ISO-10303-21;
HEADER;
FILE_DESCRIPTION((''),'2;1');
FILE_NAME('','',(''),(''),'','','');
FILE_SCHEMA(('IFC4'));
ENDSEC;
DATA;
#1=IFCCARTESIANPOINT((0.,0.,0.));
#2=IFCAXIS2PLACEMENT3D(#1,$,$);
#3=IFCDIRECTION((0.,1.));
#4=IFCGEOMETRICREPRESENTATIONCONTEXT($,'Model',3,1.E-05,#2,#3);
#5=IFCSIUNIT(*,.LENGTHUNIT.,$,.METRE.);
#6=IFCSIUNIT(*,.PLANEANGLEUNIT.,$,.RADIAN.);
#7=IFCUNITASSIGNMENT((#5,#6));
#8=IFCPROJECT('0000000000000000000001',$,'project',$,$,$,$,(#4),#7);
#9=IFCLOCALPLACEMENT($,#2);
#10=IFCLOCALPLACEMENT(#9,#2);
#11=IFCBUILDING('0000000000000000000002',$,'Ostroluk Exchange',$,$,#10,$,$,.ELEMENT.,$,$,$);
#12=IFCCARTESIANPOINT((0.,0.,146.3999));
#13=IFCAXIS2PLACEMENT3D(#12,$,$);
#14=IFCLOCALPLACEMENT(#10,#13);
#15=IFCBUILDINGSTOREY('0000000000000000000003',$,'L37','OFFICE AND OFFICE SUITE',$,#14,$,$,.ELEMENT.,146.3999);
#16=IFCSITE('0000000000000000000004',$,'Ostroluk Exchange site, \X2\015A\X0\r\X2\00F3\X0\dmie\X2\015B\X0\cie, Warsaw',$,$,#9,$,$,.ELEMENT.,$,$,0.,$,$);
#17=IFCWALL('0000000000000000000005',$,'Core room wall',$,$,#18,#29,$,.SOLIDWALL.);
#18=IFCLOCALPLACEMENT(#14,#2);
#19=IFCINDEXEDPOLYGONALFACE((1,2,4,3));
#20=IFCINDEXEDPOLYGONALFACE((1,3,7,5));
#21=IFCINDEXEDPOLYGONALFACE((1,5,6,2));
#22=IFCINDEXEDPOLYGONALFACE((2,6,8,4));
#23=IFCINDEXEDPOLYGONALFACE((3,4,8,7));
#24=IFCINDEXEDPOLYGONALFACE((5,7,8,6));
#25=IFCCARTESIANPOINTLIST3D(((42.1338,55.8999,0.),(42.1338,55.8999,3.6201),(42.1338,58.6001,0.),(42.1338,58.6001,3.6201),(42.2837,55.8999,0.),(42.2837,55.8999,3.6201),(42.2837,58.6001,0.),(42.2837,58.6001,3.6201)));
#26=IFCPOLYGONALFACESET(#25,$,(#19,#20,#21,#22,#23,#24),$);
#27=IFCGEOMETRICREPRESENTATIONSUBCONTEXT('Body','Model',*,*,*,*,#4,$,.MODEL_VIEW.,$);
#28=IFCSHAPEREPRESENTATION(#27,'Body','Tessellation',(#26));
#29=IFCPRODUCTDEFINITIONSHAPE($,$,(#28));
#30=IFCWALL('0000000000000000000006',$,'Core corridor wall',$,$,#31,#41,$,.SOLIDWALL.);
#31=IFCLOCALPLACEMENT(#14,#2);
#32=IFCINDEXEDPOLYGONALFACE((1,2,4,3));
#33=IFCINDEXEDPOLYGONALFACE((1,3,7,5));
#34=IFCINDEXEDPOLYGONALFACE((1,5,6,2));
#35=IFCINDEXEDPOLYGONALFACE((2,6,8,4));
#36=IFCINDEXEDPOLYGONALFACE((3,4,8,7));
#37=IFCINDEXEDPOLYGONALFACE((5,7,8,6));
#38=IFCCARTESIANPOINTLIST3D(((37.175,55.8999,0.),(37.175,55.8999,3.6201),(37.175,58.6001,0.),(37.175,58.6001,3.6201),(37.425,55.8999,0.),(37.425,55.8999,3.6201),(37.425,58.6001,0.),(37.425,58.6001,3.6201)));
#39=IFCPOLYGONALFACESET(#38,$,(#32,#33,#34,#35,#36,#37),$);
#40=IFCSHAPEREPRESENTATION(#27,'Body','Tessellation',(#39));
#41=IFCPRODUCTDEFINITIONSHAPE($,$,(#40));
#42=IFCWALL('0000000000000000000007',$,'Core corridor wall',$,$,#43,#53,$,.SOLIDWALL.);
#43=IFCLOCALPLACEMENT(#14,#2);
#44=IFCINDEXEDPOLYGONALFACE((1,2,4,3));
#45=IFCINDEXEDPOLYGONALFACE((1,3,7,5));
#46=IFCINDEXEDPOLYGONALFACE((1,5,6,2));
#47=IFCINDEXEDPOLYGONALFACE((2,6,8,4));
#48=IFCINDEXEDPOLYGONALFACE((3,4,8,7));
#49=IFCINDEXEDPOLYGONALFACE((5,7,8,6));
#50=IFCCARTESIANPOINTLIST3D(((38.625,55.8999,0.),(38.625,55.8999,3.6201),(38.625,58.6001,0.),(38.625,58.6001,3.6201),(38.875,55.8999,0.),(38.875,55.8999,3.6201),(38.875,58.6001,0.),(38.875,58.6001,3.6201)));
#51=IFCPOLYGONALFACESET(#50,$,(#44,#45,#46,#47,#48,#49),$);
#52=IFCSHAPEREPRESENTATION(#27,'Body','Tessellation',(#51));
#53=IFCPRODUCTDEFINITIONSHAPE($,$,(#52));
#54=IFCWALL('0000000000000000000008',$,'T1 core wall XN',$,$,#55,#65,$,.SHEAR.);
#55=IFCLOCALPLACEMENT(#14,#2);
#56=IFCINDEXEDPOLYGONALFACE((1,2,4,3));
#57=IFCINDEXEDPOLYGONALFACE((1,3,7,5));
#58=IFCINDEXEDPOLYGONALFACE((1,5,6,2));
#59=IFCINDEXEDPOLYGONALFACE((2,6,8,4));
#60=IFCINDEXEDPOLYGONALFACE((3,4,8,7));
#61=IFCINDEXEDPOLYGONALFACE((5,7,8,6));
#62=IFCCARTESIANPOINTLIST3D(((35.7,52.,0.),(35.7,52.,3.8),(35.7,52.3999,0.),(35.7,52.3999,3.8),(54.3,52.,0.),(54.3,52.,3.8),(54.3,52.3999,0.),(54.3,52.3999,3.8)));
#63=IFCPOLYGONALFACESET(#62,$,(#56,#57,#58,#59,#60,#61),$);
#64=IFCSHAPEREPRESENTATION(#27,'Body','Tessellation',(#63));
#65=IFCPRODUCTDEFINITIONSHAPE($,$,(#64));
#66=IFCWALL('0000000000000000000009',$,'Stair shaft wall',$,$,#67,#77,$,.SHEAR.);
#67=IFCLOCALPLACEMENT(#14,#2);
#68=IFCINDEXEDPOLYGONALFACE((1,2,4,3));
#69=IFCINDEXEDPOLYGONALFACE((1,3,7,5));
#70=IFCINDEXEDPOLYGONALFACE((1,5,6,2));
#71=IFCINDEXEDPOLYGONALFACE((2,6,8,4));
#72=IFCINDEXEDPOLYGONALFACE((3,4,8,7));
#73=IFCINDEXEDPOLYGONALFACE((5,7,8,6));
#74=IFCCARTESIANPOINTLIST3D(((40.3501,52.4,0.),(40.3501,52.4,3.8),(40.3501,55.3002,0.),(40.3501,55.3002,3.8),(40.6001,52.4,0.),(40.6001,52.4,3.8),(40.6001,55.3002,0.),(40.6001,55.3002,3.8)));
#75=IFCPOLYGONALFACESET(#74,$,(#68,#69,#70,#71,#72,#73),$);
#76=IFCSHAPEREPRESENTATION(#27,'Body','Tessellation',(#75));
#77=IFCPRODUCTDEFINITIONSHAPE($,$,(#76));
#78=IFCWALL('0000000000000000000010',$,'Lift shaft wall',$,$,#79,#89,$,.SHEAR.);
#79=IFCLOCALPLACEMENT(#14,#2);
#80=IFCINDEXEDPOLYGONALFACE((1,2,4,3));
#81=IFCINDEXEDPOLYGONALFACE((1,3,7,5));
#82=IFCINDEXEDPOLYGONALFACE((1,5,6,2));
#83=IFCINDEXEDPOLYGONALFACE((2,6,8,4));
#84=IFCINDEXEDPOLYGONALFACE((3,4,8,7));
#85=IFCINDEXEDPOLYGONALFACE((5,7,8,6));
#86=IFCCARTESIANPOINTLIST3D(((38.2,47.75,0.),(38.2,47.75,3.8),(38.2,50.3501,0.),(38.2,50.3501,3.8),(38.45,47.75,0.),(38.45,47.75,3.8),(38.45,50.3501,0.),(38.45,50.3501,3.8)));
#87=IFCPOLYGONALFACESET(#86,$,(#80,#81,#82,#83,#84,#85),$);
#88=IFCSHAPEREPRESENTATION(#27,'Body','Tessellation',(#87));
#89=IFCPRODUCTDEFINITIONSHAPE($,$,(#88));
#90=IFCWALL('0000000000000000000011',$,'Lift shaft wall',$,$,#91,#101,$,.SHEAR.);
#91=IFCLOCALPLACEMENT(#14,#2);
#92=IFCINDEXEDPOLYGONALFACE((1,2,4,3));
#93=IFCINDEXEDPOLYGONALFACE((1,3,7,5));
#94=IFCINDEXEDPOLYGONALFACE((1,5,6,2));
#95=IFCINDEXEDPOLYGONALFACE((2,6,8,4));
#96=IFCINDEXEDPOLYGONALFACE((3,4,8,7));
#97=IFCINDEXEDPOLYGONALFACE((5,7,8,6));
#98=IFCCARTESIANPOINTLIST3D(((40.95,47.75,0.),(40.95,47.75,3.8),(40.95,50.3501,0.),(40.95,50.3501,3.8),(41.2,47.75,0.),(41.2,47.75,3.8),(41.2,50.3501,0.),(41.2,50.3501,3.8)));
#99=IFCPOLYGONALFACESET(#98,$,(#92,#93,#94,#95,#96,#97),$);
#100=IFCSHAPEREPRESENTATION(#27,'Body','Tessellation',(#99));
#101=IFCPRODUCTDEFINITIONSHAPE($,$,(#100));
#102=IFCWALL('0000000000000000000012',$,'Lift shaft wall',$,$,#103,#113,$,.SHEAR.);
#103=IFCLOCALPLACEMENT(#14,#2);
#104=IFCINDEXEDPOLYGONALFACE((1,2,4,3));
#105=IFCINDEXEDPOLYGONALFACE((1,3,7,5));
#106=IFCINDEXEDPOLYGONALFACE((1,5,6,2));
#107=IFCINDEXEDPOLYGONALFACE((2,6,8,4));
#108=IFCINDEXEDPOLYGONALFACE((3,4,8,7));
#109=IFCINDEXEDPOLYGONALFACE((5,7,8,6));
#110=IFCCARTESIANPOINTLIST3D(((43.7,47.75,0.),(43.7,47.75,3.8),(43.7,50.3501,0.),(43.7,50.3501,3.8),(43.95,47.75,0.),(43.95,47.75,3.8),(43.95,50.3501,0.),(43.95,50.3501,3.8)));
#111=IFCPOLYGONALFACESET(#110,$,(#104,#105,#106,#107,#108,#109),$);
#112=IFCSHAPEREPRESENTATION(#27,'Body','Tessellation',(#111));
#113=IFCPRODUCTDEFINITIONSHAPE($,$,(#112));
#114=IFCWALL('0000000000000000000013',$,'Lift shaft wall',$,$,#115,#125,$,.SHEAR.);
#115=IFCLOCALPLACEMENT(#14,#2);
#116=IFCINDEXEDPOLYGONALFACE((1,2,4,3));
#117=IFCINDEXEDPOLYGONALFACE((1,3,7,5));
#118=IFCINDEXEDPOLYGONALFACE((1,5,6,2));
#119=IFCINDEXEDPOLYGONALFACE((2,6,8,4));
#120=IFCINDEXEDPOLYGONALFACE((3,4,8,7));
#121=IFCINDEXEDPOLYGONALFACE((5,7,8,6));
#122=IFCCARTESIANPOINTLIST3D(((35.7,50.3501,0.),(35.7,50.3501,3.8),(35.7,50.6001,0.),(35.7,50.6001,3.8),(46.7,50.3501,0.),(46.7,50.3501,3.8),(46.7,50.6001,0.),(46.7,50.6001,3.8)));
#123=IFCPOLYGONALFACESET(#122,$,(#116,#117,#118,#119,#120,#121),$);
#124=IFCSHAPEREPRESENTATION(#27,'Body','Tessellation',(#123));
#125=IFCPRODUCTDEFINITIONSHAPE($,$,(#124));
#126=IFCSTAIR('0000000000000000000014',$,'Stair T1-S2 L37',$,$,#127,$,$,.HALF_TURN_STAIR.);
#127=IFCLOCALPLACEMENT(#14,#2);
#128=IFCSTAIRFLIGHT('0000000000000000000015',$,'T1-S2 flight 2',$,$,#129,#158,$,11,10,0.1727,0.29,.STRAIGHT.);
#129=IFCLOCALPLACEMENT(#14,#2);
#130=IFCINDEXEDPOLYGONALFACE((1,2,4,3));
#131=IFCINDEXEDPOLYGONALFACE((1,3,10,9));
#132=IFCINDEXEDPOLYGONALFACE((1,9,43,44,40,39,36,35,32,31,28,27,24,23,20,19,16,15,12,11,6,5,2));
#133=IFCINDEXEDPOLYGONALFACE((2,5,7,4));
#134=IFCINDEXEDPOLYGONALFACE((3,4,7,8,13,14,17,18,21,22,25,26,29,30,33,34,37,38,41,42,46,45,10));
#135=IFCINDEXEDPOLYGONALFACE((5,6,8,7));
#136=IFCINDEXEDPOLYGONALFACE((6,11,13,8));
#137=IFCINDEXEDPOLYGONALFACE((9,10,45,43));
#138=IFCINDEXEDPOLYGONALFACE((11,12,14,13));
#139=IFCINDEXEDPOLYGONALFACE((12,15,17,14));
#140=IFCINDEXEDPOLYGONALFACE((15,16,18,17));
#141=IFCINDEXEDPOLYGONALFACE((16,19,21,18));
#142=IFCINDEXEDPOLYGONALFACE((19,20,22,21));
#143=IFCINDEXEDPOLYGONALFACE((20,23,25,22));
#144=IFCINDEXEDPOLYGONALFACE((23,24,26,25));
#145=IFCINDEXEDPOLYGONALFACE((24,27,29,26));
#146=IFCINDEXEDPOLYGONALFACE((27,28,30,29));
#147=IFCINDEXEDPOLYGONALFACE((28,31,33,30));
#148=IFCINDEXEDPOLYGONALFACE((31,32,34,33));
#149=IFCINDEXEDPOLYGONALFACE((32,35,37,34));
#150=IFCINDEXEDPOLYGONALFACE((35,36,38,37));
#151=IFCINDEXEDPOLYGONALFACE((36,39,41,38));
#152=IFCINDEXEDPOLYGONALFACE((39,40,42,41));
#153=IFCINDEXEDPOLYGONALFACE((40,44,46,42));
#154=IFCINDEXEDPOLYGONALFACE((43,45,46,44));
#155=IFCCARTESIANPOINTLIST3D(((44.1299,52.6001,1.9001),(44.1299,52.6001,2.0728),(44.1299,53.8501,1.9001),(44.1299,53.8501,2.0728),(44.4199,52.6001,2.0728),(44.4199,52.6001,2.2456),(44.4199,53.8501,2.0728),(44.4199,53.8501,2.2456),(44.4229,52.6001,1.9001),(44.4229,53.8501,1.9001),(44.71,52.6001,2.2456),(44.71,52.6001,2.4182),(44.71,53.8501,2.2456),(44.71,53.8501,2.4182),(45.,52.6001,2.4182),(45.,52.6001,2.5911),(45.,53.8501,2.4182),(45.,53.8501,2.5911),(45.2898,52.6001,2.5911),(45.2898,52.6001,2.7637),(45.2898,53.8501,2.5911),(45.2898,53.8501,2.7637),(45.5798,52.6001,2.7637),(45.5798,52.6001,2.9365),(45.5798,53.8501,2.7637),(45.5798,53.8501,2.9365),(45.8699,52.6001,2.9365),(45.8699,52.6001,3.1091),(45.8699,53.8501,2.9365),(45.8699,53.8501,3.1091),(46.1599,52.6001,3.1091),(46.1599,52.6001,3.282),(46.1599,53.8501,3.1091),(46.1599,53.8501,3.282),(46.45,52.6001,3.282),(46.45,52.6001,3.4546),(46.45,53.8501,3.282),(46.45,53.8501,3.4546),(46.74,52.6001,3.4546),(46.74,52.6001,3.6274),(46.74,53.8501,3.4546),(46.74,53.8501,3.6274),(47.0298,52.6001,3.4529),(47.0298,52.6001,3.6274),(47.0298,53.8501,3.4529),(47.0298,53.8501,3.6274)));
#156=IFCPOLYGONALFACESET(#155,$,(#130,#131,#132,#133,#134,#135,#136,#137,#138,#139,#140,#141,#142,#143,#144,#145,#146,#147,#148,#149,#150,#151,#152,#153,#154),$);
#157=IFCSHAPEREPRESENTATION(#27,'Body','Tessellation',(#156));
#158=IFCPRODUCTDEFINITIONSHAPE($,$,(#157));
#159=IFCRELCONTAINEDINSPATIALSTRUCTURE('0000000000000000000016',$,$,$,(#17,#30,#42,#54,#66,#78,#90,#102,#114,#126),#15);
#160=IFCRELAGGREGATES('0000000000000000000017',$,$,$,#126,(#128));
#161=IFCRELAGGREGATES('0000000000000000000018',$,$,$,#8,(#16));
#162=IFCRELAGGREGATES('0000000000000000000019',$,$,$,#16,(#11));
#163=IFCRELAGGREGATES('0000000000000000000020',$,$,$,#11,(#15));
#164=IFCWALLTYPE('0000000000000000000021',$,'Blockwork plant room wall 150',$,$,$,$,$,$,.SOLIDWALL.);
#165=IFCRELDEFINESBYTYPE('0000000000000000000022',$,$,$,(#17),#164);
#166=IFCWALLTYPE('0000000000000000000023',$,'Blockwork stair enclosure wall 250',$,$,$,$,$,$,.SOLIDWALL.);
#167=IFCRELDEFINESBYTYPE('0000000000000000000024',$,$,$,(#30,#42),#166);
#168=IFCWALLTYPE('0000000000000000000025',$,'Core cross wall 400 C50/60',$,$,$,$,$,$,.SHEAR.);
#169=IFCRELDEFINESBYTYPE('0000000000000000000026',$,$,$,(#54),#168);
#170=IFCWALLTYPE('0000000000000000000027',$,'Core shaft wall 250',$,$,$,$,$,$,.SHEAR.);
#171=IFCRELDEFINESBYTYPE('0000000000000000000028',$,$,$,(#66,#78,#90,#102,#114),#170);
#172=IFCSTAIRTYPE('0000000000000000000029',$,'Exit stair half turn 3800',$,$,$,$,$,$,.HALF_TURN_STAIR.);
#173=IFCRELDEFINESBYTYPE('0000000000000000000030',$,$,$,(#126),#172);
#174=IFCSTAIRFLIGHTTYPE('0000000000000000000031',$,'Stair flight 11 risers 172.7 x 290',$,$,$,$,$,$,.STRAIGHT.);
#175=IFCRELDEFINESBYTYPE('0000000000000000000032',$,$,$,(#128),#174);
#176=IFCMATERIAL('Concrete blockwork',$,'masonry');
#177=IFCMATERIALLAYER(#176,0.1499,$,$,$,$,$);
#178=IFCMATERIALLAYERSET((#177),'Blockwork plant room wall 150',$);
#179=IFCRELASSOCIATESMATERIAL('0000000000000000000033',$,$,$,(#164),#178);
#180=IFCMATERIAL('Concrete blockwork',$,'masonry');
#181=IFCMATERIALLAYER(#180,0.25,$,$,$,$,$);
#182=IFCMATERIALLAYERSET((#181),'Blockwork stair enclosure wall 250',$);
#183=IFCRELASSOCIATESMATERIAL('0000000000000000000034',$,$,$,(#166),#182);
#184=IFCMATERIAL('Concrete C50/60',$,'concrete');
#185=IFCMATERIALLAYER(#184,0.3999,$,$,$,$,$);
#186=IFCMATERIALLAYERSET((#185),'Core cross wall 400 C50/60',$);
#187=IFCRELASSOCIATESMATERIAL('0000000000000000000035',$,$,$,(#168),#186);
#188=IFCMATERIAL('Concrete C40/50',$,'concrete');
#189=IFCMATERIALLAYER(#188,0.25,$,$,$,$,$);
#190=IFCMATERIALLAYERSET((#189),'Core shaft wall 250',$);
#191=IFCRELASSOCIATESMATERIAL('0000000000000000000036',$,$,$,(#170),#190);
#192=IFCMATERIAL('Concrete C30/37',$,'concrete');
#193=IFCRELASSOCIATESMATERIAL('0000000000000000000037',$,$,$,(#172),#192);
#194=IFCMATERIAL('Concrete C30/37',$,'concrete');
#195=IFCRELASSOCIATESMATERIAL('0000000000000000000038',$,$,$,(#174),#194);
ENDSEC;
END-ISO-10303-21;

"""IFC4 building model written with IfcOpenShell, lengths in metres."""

from ifc_helpers import new_model, si_unit, direction, frame, frame_2d, origin, place, context, subcontext, project, spatial, polyline, rectangle, outline, extrude, material, layer, layer_set, type_object, element, aggregate, save


model = new_model("IFC4")

# Units and contexts
model_context = context("Model", 3, precision=1e-05, world=origin(), true_north=direction((0.0, 1.0)))
body_context = subcontext(model_context, "Body", "Model", "MODEL_VIEW")
ifc_project = project(units=[si_unit("LENGTHUNIT", "METRE"), si_unit("PLANEANGLEUNIT", "RADIAN")], contexts=[model_context])

# Site, building, storey
site_placement = place(None, origin())
site = spatial("IfcSite", under=ifc_project, at=site_placement, Name="Ostroluk Exchange site, Śródmieście, Warsaw", CompositionType="ELEMENT", RefElevation=0.0)
building_placement = place(site_placement, origin())
building = spatial("IfcBuilding", under=site, at=building_placement, Name="Ostroluk Exchange", CompositionType="ELEMENT")
storey_placement = place(building_placement, frame((0.0, 0.0, 146.3999)))
storey = spatial("IfcBuildingStorey", under=building, at=storey_placement, Name="L37", Description="OFFICE AND OFFICE SUITE", CompositionType="ELEMENT", Elevation=146.3999)

# Walls
ifc_material_1 = material(Name="Concrete blockwork", Category="masonry")
ifc_layer_1 = layer(ifc_material_1, 0.1499)
ifc_layer_set_1 = layer_set([ifc_layer_1], Name="Blockwork plant room wall 150")
wall_type_1 = type_object("IfcWallType", Name="Blockwork plant room wall 150", PredefinedType="SOLIDWALL", material=ifc_layer_set_1)
wall_1_placement = place(storey_placement, frame((42.2087, 55.8999, 0.0), z_axis=(0.0, 0.0, 1.0), x_axis=(0.0, 1.0, 0.0)))
element("IfcWall", 1, at=wall_1_placement, inside=storey, type_object=wall_type_1, Name="Core room wall", PredefinedType="SOLIDWALL", context=body_context, shape_type="SweptSolid", body=[
    extrude(rectangle(XDim=2.7002, YDim=0.1499, at=frame_2d((1.3501, 0.0))), origin(), (0.0, 0.0, 1.0), 3.6201),
])
ifc_material_2 = material(Name="Concrete blockwork", Category="masonry")
ifc_layer_2 = layer(ifc_material_2, 0.25)
ifc_layer_set_2 = layer_set([ifc_layer_2], Name="Blockwork stair enclosure wall 250")
wall_type_2 = type_object("IfcWallType", Name="Blockwork stair enclosure wall 250", PredefinedType="SOLIDWALL", material=ifc_layer_set_2)
for number, where, z_axis, x_axis, name in (
    (2, (37.3, 55.8999, 0.0), (0.0, 0.0, 1.0), (0.0, 1.0, 0.0), "Core corridor wall"),
    (3, (38.75, 55.8999, 0.0), (0.0, 0.0, 1.0), (0.0, 1.0, 0.0), "Core corridor wall"),
):
    element("IfcWall", number, at=place(storey_placement, frame(where, z_axis=z_axis, x_axis=x_axis)), inside=storey, type_object=wall_type_2, Name=name, PredefinedType="SOLIDWALL", context=body_context, shape_type="SweptSolid", body=[
        extrude(rectangle(XDim=2.7002, YDim=0.25, at=frame_2d((1.3501, 0.0))), origin(), (0.0, 0.0, 1.0), 3.6201),
    ])
ifc_material_3 = material(Name="Concrete C50/60", Category="concrete")
ifc_layer_3 = layer(ifc_material_3, 0.3999)
ifc_layer_set_3 = layer_set([ifc_layer_3], Name="Core cross wall 400 C50/60")
wall_type_3 = type_object("IfcWallType", Name="Core cross wall 400 C50/60", PredefinedType="SHEAR", material=ifc_layer_set_3)
wall_2_placement = place(storey_placement, frame((35.7, 52.2, 0.0), z_axis=(0.0, 0.0, 1.0), x_axis=(1.0, 0.0, 0.0)))
element("IfcWall", 4, at=wall_2_placement, inside=storey, type_object=wall_type_3, Name="T1 core wall XN", PredefinedType="SHEAR", context=body_context, shape_type="SweptSolid", body=[
    extrude(rectangle(XDim=18.6001, YDim=0.3999, at=frame_2d((9.3, 0.0))), origin(), (0.0, 0.0, 1.0), 3.8),
])
ifc_material_4 = material(Name="Concrete C40/50", Category="concrete")
ifc_layer_4 = layer(ifc_material_4, 0.25)
ifc_layer_set_4 = layer_set([ifc_layer_4], Name="Core shaft wall 250")
wall_type_4 = type_object("IfcWallType", Name="Core shaft wall 250", PredefinedType="SHEAR", material=ifc_layer_set_4)
wall_3_placement = place(storey_placement, frame((40.4751, 52.3999, 0.0), z_axis=(0.0, 0.0, 1.0), x_axis=(0.0, 1.0, 0.0)))
element("IfcWall", 5, at=wall_3_placement, inside=storey, type_object=wall_type_4, Name="Stair shaft wall", PredefinedType="SHEAR", context=body_context, shape_type="SweptSolid", body=[
    extrude(rectangle(XDim=2.9001, YDim=0.25, at=frame_2d((1.4502, 0.0))), origin(), (0.0, 0.0, 1.0), 3.8),
])
for number, where, z_axis, x_axis, name in (
    (6, (38.325, 47.75, 0.0), (0.0, 0.0, 1.0), (0.0, 1.0, 0.0), "Lift shaft wall"),
    (7, (41.075, 47.75, 0.0), (0.0, 0.0, 1.0), (0.0, 1.0, 0.0), "Lift shaft wall"),
    (8, (43.825, 47.75, 0.0), (0.0, 0.0, 1.0), (0.0, 1.0, 0.0), "Lift shaft wall"),
):
    element("IfcWall", number, at=place(storey_placement, frame(where, z_axis=z_axis, x_axis=x_axis)), inside=storey, type_object=wall_type_4, Name=name, PredefinedType="SHEAR", context=body_context, shape_type="SweptSolid", body=[
        extrude(rectangle(XDim=2.6001, YDim=0.25, at=frame_2d((1.3, 0.0))), origin(), (0.0, 0.0, 1.0), 3.8),
    ])
wall_4_placement = place(storey_placement, frame((35.7, 50.4751, 0.0), z_axis=(0.0, 0.0, 1.0), x_axis=(1.0, 0.0, 0.0)))
element("IfcWall", 9, at=wall_4_placement, inside=storey, type_object=wall_type_4, Name="Lift shaft wall", PredefinedType="SHEAR", context=body_context, shape_type="SweptSolid", body=[
    extrude(rectangle(XDim=11.0, YDim=0.25, at=frame_2d((5.5, 0.0))), origin(), (0.0, 0.0, 1.0), 3.8),
])

# Stair, stair flight
ifc_material_5 = material(Name="Concrete C30/37", Category="concrete")
stair_type = type_object("IfcStairType", Name="Exit stair half turn 3800", PredefinedType="HALF_TURN_STAIR", material=ifc_material_5)
stair_placement = place(storey_placement, origin())
stair = element("IfcStair", 10, at=stair_placement, inside=storey, type_object=stair_type, Name="Stair T1-S2 L37", PredefinedType="HALF_TURN_STAIR")
ifc_material_6 = material(Name="Concrete C30/37", Category="concrete")
stair_flight_type = type_object("IfcStairFlightType", Name="Stair flight 11 risers 172.7 x 290", PredefinedType="STRAIGHT", material=ifc_material_6)
stair_flight_placement = place(storey_placement, frame((44.1299, 53.2251, 1.9001), z_axis=(0.0, 0.0, 1.0), x_axis=(1.0, 0.0, 0.0)))
stair_flight = element("IfcStairFlight", 11, at=stair_flight_placement, type_object=stair_flight_type, Name="T1-S2 flight 2", NumberOfRisers=11, NumberOfTreads=10, PredefinedType="STRAIGHT", RiserHeight=0.1727, TreadLength=0.29, context=body_context, shape_type="SweptSolid", body=[
    extrude(outline(polyline([(0.0, 0.0), (0.0, 0.1726), (0.29, 0.1726), (0.29, 0.3455), (0.5801, 0.3455), (0.5801, 0.5181), (0.8701, 0.5181), (0.8701, 0.6909), (1.1599, 0.6909), (1.1599, 0.8635), (1.45, 0.8635), (1.45, 1.0364), (1.74, 1.0364), (1.74, 1.209), (2.03, 1.209), (2.03, 1.3818), (2.3201, 1.3818), (2.3201, 1.5544), (2.6101, 1.5544), (2.6101, 1.7273), (2.8999, 1.7273), (2.8999, 1.8999), (2.8999, 1.5527), (0.293, 0.0), (0.0, 0.0)])), frame((0.0, 0.625, 0.0), z_axis=(0.0, -1.0, 0.0), x_axis=(1.0, 0.0, 0.0)), (0.0, 0.0, 1.0), 1.25),
])
aggregate(stair, [stair_flight])

save(model, "model.ifc")
